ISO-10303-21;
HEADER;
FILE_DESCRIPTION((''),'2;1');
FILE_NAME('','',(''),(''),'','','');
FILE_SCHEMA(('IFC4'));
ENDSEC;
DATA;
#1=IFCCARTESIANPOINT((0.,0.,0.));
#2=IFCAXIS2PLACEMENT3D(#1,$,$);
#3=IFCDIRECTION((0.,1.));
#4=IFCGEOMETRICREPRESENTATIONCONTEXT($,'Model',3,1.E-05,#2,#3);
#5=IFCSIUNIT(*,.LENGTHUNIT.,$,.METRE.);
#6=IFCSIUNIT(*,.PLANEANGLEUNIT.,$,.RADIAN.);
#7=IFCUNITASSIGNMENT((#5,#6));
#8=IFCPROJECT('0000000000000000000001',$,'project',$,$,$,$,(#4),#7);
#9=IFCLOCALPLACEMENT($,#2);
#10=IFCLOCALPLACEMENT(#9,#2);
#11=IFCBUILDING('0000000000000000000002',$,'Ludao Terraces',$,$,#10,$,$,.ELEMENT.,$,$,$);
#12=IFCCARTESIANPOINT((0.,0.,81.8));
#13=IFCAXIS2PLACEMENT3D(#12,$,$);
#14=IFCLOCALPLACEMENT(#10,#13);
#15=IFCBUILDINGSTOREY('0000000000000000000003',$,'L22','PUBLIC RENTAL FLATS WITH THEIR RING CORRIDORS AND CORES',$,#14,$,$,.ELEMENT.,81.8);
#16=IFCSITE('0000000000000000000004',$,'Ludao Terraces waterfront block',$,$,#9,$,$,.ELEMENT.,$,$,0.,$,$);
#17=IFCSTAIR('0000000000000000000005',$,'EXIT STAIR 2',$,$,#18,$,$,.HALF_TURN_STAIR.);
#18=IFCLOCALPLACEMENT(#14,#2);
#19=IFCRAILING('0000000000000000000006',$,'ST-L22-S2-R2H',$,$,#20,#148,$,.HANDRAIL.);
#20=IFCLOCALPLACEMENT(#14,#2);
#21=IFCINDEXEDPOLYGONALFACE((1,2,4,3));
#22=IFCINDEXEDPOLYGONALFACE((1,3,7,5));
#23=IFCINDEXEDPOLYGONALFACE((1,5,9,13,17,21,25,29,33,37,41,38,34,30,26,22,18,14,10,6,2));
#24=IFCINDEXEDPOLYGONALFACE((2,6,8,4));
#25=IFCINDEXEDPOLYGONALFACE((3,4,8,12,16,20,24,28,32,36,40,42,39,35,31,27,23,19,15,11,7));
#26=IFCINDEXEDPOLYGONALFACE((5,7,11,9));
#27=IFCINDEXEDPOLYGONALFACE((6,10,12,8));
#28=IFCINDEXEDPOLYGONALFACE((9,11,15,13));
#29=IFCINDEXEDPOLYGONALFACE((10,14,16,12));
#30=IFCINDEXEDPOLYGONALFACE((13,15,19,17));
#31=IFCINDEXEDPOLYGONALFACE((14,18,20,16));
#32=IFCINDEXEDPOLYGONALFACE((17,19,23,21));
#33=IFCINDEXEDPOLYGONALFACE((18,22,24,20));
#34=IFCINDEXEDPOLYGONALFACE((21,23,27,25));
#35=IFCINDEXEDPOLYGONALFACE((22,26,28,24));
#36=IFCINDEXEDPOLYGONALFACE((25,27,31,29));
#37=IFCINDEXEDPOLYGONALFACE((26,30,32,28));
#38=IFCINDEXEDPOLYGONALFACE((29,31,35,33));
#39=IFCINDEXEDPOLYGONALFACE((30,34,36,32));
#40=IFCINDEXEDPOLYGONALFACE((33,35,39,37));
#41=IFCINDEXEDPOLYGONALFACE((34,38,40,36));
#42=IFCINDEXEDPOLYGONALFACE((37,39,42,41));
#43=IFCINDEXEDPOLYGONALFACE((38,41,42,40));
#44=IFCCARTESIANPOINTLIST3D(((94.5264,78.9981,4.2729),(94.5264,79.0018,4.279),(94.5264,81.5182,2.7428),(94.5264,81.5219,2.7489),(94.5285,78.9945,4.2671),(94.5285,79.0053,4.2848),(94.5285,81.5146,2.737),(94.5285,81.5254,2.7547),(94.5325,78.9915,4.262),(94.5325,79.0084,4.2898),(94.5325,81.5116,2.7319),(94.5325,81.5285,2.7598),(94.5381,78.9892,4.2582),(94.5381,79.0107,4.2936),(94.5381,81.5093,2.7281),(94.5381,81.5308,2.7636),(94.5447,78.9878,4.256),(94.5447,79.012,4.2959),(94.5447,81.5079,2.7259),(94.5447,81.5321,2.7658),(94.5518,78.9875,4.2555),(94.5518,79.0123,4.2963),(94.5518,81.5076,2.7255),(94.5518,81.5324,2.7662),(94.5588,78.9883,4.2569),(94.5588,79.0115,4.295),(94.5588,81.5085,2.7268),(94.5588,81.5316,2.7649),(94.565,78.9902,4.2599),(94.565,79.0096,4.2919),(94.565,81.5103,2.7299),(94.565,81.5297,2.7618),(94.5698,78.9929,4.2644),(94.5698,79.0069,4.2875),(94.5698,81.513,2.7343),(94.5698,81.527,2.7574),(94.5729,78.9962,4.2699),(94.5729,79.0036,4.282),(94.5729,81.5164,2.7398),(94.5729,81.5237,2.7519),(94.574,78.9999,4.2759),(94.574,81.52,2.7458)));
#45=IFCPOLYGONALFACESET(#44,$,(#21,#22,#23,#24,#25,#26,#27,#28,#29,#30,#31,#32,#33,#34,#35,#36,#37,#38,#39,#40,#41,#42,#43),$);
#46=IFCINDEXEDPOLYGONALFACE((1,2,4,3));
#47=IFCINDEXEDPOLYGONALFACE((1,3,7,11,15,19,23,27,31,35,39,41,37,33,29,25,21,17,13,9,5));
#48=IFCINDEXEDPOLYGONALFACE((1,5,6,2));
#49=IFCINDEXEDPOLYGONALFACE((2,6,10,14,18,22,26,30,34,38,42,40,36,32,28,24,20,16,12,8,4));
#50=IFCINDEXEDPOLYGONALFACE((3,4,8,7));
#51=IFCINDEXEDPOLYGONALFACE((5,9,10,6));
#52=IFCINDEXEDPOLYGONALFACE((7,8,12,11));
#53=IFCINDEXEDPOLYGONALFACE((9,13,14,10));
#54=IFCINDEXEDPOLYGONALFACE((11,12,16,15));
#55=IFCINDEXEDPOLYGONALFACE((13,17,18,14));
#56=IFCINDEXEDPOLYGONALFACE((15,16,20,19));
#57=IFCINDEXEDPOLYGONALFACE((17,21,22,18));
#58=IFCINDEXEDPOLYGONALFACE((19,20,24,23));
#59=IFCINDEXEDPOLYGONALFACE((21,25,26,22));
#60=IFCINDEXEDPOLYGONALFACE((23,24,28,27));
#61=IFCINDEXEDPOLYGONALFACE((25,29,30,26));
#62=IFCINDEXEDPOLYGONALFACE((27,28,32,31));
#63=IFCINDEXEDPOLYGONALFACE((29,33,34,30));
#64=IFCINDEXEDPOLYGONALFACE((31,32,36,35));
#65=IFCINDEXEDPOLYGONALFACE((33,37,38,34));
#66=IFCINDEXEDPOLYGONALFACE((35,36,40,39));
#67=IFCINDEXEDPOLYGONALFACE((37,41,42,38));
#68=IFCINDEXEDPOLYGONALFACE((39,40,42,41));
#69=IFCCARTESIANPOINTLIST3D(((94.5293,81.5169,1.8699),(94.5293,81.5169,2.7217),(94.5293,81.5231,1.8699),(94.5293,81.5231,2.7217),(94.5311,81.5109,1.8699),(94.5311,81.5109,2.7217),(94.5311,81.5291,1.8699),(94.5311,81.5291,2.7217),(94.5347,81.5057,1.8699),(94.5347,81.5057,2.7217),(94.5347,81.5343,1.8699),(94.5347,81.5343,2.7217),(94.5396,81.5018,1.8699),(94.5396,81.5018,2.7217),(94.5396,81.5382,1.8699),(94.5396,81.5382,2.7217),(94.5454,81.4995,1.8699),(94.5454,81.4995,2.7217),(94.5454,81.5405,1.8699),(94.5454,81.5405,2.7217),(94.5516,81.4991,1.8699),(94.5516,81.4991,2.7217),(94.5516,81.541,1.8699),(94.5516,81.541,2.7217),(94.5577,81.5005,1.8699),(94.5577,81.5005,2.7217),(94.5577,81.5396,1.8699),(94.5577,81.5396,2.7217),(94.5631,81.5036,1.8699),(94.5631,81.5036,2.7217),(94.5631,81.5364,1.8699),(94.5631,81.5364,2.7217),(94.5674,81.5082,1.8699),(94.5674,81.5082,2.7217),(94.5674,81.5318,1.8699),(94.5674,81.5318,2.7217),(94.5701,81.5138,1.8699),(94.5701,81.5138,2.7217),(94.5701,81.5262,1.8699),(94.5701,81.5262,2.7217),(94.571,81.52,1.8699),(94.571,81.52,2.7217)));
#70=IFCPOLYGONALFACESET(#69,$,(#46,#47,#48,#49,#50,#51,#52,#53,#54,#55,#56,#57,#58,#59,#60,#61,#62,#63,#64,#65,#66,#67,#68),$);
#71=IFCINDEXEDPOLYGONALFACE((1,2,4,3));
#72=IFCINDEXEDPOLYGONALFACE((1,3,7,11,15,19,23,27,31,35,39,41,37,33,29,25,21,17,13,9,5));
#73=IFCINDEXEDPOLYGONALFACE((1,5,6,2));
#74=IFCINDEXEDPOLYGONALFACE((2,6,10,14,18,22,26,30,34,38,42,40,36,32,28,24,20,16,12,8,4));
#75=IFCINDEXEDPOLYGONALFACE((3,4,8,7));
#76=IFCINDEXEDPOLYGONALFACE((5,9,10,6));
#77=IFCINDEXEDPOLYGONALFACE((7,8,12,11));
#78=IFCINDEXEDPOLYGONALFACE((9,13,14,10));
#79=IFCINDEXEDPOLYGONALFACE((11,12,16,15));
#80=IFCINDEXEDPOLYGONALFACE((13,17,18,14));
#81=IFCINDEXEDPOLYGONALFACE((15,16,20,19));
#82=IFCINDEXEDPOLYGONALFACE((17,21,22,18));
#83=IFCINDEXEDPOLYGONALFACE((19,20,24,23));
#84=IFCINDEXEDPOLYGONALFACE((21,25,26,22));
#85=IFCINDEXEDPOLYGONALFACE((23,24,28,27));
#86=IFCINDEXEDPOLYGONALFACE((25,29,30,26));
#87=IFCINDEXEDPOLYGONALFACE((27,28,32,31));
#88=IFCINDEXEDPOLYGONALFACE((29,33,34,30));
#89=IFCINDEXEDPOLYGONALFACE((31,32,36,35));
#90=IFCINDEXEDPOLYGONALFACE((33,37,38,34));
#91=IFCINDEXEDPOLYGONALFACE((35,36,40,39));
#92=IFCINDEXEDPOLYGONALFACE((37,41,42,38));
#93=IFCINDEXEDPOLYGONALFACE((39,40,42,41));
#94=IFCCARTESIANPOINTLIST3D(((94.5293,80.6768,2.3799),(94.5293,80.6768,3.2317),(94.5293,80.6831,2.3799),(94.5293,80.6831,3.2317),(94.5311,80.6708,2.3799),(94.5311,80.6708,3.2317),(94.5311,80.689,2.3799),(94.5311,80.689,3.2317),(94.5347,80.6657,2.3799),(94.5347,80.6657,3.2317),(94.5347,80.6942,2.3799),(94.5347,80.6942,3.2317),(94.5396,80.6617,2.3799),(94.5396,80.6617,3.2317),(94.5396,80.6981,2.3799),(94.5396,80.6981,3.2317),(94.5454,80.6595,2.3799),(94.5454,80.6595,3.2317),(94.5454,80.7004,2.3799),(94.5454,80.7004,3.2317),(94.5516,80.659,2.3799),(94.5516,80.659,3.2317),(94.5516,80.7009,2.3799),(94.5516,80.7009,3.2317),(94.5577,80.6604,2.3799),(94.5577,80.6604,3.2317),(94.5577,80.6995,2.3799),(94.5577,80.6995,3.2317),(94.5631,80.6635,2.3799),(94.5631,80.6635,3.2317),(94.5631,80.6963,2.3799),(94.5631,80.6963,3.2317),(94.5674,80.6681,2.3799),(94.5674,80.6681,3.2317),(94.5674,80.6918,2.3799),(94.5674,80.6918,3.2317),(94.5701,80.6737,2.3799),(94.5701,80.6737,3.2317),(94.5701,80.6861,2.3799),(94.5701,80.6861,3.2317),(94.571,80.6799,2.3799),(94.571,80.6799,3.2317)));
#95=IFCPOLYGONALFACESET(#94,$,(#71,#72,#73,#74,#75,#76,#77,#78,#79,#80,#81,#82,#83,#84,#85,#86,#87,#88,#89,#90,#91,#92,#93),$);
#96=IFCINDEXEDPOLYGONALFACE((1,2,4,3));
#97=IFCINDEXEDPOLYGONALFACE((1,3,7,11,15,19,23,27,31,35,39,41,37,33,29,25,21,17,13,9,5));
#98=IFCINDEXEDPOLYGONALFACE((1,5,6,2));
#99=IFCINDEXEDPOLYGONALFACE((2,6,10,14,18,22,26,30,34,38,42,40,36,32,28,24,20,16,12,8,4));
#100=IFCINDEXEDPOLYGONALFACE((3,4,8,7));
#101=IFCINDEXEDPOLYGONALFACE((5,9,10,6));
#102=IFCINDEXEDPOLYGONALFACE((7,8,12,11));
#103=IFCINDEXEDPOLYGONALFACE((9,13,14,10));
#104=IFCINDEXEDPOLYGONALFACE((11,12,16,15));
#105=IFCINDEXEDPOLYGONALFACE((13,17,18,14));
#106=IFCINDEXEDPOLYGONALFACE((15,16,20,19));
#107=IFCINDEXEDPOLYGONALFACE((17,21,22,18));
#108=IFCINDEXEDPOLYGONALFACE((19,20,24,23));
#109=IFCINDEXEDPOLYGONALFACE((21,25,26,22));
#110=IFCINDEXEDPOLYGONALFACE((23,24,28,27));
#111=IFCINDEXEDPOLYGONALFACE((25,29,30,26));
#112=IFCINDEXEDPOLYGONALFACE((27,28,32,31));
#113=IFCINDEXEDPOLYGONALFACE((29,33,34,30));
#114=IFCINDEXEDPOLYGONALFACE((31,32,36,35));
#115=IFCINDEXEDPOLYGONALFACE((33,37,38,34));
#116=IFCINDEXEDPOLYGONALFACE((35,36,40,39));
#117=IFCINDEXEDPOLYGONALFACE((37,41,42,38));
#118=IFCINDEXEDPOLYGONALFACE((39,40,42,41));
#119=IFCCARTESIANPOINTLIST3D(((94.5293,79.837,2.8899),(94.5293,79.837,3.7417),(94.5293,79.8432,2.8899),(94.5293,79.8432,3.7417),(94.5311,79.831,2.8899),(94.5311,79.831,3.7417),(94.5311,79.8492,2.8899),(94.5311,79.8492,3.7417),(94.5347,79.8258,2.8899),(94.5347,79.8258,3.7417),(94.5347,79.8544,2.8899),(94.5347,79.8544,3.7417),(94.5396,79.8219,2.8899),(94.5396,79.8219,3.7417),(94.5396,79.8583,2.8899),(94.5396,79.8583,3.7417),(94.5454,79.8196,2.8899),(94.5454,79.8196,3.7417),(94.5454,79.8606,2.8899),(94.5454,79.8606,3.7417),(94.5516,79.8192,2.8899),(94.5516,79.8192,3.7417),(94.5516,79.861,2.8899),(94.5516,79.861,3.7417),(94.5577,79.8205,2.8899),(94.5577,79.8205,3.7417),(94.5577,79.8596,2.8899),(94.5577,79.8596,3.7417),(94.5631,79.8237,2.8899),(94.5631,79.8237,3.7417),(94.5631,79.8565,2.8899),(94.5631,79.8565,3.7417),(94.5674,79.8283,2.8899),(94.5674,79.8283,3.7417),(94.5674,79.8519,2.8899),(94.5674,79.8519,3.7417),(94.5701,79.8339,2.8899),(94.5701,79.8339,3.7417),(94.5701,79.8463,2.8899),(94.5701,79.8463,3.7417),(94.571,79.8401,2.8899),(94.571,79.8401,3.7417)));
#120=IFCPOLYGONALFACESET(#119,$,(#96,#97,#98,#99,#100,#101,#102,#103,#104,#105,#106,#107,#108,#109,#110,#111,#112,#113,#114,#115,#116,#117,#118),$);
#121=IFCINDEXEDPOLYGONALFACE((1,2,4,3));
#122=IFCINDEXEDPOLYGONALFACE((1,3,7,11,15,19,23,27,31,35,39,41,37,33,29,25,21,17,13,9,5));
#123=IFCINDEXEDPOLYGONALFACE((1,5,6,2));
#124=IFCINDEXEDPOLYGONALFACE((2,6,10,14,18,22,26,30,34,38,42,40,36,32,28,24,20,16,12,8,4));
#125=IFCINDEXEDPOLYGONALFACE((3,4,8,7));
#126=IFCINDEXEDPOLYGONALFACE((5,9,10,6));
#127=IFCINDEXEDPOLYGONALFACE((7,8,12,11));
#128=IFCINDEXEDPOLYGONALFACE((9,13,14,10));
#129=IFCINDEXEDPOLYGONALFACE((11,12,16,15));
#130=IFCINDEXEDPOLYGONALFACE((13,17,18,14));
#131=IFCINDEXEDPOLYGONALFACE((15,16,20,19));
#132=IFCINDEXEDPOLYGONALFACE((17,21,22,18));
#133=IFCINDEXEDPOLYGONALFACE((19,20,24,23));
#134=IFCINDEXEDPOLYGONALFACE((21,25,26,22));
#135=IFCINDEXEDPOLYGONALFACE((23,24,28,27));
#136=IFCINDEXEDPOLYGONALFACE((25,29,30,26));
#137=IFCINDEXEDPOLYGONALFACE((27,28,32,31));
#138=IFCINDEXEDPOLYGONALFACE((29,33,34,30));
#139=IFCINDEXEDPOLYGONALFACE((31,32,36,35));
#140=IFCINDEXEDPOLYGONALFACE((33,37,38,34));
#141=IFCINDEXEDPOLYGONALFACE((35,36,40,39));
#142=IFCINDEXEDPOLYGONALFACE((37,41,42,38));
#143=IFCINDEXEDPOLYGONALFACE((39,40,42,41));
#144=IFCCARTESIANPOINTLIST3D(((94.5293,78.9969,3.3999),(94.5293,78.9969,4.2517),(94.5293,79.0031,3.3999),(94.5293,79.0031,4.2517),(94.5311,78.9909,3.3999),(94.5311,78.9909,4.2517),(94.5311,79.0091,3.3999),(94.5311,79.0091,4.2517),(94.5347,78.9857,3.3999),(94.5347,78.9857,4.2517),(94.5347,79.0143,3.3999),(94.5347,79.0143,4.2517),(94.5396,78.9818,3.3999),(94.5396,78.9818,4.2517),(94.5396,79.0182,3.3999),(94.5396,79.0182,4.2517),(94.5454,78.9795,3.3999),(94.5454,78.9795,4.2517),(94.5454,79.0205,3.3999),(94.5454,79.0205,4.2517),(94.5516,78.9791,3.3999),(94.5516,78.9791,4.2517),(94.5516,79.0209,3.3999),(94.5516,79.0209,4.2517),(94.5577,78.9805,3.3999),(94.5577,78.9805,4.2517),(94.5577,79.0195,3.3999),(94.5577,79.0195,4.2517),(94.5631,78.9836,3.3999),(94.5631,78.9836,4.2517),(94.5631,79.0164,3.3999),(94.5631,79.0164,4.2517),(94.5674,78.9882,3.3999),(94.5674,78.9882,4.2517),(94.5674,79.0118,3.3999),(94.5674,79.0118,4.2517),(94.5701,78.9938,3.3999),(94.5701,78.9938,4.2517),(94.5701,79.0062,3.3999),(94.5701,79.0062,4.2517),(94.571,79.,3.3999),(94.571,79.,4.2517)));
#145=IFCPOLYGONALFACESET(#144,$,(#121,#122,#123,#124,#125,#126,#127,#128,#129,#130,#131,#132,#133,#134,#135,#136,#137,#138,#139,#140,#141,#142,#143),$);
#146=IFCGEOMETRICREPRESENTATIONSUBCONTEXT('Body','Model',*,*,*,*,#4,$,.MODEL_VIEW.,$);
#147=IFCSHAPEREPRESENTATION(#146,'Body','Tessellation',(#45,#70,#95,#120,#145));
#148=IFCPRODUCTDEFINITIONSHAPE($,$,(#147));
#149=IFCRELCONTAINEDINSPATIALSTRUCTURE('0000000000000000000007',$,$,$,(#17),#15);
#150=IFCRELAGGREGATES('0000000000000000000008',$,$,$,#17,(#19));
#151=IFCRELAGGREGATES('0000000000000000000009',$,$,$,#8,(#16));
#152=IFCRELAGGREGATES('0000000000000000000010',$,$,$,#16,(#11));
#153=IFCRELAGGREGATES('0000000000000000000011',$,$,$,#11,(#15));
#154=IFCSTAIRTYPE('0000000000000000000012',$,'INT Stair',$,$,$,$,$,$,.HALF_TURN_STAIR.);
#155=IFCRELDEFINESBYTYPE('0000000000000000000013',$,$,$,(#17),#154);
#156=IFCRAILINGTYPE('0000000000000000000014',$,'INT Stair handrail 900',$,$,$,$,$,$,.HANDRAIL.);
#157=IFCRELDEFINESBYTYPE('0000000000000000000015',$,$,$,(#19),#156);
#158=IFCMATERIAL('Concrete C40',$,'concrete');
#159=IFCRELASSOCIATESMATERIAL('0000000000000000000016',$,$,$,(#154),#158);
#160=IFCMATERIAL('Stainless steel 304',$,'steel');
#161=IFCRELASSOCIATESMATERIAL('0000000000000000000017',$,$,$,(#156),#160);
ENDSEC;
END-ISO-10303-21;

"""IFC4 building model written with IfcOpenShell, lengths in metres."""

from ifc_helpers import new_model, si_unit, direction, frame, origin, origin_2d, place, context, subcontext, project, spatial, circle, extrude, material, type_object, element, aggregate, save


model = new_model("IFC4")

# Units and contexts
model_context = context("Model", 3, precision=1e-05, world=origin(), true_north=direction((0.0, 1.0)))
body_context = subcontext(model_context, "Body", "Model", "MODEL_VIEW")
ifc_project = project(units=[si_unit("LENGTHUNIT", "METRE"), si_unit("PLANEANGLEUNIT", "RADIAN")], contexts=[model_context])

# Site, building, storey
site_placement = place(None, origin())
site = spatial("IfcSite", under=ifc_project, at=site_placement, Name="Ludao Terraces waterfront block", CompositionType="ELEMENT", RefElevation=0.0)
building_placement = place(site_placement, origin())
building = spatial("IfcBuilding", under=site, at=building_placement, Name="Ludao Terraces", CompositionType="ELEMENT")
storey_placement = place(building_placement, frame((0.0, 0.0, 81.8)))
storey = spatial("IfcBuildingStorey", under=building, at=storey_placement, Name="L22", Description="PUBLIC RENTAL FLATS WITH THEIR RING CORRIDORS AND CORES", CompositionType="ELEMENT", Elevation=81.8)

# Shared definitions
ifc_material_1 = material(Name="Concrete C40", Category="concrete")

# Stair, railing
stair_type = type_object("IfcStairType", Name="INT Stair", PredefinedType="HALF_TURN_STAIR", material=ifc_material_1)
stair_placement = place(storey_placement, origin())
stair = element("IfcStair", 1, at=stair_placement, inside=storey, type_object=stair_type, Name="EXIT STAIR 2", PredefinedType="HALF_TURN_STAIR")
ifc_material_2 = material(Name="Stainless steel 304", Category="steel")
railing_type_1 = type_object("IfcRailingType", Name="INT Stair handrail 900", PredefinedType="HANDRAIL", material=ifc_material_2)
railing_1_placement = place(storey_placement, frame((94.55, 81.52, 1.8699)))
railing_1 = element("IfcRailing", 2, at=railing_1_placement, type_object=railing_type_1, Name="ST-L22-S2-R2H", PredefinedType="HANDRAIL", context=body_context, shape_type="SweptSolid", body=[
    extrude(circle(Radius=0.0239, at=origin_2d()), frame((0.0, 0.0, 0.876), z_axis=(0.0, -0.854785, 0.518982), x_axis=(1.0, 0.0, 0.0)), (0.0, 0.0, 1.0), 2.9482),
    extrude(circle(Radius=0.021, at=origin_2d()), origin(), (0.0, 0.0, 1.0), 0.8518),
    extrude(circle(Radius=0.021, at=origin_2d()), frame((0.0, -0.8401, 0.51)), (0.0, 0.0, 1.0), 0.8518),
    extrude(circle(Radius=0.021, at=origin_2d()), frame((0.0, -1.6799, 1.02)), (0.0, 0.0, 1.0), 0.8518),
    extrude(circle(Radius=0.021, at=origin_2d()), frame((0.0, -2.52, 1.53)), (0.0, 0.0, 1.0), 0.8518),
])
aggregate(stair, [railing_1])

save(model, "model.ifc")
